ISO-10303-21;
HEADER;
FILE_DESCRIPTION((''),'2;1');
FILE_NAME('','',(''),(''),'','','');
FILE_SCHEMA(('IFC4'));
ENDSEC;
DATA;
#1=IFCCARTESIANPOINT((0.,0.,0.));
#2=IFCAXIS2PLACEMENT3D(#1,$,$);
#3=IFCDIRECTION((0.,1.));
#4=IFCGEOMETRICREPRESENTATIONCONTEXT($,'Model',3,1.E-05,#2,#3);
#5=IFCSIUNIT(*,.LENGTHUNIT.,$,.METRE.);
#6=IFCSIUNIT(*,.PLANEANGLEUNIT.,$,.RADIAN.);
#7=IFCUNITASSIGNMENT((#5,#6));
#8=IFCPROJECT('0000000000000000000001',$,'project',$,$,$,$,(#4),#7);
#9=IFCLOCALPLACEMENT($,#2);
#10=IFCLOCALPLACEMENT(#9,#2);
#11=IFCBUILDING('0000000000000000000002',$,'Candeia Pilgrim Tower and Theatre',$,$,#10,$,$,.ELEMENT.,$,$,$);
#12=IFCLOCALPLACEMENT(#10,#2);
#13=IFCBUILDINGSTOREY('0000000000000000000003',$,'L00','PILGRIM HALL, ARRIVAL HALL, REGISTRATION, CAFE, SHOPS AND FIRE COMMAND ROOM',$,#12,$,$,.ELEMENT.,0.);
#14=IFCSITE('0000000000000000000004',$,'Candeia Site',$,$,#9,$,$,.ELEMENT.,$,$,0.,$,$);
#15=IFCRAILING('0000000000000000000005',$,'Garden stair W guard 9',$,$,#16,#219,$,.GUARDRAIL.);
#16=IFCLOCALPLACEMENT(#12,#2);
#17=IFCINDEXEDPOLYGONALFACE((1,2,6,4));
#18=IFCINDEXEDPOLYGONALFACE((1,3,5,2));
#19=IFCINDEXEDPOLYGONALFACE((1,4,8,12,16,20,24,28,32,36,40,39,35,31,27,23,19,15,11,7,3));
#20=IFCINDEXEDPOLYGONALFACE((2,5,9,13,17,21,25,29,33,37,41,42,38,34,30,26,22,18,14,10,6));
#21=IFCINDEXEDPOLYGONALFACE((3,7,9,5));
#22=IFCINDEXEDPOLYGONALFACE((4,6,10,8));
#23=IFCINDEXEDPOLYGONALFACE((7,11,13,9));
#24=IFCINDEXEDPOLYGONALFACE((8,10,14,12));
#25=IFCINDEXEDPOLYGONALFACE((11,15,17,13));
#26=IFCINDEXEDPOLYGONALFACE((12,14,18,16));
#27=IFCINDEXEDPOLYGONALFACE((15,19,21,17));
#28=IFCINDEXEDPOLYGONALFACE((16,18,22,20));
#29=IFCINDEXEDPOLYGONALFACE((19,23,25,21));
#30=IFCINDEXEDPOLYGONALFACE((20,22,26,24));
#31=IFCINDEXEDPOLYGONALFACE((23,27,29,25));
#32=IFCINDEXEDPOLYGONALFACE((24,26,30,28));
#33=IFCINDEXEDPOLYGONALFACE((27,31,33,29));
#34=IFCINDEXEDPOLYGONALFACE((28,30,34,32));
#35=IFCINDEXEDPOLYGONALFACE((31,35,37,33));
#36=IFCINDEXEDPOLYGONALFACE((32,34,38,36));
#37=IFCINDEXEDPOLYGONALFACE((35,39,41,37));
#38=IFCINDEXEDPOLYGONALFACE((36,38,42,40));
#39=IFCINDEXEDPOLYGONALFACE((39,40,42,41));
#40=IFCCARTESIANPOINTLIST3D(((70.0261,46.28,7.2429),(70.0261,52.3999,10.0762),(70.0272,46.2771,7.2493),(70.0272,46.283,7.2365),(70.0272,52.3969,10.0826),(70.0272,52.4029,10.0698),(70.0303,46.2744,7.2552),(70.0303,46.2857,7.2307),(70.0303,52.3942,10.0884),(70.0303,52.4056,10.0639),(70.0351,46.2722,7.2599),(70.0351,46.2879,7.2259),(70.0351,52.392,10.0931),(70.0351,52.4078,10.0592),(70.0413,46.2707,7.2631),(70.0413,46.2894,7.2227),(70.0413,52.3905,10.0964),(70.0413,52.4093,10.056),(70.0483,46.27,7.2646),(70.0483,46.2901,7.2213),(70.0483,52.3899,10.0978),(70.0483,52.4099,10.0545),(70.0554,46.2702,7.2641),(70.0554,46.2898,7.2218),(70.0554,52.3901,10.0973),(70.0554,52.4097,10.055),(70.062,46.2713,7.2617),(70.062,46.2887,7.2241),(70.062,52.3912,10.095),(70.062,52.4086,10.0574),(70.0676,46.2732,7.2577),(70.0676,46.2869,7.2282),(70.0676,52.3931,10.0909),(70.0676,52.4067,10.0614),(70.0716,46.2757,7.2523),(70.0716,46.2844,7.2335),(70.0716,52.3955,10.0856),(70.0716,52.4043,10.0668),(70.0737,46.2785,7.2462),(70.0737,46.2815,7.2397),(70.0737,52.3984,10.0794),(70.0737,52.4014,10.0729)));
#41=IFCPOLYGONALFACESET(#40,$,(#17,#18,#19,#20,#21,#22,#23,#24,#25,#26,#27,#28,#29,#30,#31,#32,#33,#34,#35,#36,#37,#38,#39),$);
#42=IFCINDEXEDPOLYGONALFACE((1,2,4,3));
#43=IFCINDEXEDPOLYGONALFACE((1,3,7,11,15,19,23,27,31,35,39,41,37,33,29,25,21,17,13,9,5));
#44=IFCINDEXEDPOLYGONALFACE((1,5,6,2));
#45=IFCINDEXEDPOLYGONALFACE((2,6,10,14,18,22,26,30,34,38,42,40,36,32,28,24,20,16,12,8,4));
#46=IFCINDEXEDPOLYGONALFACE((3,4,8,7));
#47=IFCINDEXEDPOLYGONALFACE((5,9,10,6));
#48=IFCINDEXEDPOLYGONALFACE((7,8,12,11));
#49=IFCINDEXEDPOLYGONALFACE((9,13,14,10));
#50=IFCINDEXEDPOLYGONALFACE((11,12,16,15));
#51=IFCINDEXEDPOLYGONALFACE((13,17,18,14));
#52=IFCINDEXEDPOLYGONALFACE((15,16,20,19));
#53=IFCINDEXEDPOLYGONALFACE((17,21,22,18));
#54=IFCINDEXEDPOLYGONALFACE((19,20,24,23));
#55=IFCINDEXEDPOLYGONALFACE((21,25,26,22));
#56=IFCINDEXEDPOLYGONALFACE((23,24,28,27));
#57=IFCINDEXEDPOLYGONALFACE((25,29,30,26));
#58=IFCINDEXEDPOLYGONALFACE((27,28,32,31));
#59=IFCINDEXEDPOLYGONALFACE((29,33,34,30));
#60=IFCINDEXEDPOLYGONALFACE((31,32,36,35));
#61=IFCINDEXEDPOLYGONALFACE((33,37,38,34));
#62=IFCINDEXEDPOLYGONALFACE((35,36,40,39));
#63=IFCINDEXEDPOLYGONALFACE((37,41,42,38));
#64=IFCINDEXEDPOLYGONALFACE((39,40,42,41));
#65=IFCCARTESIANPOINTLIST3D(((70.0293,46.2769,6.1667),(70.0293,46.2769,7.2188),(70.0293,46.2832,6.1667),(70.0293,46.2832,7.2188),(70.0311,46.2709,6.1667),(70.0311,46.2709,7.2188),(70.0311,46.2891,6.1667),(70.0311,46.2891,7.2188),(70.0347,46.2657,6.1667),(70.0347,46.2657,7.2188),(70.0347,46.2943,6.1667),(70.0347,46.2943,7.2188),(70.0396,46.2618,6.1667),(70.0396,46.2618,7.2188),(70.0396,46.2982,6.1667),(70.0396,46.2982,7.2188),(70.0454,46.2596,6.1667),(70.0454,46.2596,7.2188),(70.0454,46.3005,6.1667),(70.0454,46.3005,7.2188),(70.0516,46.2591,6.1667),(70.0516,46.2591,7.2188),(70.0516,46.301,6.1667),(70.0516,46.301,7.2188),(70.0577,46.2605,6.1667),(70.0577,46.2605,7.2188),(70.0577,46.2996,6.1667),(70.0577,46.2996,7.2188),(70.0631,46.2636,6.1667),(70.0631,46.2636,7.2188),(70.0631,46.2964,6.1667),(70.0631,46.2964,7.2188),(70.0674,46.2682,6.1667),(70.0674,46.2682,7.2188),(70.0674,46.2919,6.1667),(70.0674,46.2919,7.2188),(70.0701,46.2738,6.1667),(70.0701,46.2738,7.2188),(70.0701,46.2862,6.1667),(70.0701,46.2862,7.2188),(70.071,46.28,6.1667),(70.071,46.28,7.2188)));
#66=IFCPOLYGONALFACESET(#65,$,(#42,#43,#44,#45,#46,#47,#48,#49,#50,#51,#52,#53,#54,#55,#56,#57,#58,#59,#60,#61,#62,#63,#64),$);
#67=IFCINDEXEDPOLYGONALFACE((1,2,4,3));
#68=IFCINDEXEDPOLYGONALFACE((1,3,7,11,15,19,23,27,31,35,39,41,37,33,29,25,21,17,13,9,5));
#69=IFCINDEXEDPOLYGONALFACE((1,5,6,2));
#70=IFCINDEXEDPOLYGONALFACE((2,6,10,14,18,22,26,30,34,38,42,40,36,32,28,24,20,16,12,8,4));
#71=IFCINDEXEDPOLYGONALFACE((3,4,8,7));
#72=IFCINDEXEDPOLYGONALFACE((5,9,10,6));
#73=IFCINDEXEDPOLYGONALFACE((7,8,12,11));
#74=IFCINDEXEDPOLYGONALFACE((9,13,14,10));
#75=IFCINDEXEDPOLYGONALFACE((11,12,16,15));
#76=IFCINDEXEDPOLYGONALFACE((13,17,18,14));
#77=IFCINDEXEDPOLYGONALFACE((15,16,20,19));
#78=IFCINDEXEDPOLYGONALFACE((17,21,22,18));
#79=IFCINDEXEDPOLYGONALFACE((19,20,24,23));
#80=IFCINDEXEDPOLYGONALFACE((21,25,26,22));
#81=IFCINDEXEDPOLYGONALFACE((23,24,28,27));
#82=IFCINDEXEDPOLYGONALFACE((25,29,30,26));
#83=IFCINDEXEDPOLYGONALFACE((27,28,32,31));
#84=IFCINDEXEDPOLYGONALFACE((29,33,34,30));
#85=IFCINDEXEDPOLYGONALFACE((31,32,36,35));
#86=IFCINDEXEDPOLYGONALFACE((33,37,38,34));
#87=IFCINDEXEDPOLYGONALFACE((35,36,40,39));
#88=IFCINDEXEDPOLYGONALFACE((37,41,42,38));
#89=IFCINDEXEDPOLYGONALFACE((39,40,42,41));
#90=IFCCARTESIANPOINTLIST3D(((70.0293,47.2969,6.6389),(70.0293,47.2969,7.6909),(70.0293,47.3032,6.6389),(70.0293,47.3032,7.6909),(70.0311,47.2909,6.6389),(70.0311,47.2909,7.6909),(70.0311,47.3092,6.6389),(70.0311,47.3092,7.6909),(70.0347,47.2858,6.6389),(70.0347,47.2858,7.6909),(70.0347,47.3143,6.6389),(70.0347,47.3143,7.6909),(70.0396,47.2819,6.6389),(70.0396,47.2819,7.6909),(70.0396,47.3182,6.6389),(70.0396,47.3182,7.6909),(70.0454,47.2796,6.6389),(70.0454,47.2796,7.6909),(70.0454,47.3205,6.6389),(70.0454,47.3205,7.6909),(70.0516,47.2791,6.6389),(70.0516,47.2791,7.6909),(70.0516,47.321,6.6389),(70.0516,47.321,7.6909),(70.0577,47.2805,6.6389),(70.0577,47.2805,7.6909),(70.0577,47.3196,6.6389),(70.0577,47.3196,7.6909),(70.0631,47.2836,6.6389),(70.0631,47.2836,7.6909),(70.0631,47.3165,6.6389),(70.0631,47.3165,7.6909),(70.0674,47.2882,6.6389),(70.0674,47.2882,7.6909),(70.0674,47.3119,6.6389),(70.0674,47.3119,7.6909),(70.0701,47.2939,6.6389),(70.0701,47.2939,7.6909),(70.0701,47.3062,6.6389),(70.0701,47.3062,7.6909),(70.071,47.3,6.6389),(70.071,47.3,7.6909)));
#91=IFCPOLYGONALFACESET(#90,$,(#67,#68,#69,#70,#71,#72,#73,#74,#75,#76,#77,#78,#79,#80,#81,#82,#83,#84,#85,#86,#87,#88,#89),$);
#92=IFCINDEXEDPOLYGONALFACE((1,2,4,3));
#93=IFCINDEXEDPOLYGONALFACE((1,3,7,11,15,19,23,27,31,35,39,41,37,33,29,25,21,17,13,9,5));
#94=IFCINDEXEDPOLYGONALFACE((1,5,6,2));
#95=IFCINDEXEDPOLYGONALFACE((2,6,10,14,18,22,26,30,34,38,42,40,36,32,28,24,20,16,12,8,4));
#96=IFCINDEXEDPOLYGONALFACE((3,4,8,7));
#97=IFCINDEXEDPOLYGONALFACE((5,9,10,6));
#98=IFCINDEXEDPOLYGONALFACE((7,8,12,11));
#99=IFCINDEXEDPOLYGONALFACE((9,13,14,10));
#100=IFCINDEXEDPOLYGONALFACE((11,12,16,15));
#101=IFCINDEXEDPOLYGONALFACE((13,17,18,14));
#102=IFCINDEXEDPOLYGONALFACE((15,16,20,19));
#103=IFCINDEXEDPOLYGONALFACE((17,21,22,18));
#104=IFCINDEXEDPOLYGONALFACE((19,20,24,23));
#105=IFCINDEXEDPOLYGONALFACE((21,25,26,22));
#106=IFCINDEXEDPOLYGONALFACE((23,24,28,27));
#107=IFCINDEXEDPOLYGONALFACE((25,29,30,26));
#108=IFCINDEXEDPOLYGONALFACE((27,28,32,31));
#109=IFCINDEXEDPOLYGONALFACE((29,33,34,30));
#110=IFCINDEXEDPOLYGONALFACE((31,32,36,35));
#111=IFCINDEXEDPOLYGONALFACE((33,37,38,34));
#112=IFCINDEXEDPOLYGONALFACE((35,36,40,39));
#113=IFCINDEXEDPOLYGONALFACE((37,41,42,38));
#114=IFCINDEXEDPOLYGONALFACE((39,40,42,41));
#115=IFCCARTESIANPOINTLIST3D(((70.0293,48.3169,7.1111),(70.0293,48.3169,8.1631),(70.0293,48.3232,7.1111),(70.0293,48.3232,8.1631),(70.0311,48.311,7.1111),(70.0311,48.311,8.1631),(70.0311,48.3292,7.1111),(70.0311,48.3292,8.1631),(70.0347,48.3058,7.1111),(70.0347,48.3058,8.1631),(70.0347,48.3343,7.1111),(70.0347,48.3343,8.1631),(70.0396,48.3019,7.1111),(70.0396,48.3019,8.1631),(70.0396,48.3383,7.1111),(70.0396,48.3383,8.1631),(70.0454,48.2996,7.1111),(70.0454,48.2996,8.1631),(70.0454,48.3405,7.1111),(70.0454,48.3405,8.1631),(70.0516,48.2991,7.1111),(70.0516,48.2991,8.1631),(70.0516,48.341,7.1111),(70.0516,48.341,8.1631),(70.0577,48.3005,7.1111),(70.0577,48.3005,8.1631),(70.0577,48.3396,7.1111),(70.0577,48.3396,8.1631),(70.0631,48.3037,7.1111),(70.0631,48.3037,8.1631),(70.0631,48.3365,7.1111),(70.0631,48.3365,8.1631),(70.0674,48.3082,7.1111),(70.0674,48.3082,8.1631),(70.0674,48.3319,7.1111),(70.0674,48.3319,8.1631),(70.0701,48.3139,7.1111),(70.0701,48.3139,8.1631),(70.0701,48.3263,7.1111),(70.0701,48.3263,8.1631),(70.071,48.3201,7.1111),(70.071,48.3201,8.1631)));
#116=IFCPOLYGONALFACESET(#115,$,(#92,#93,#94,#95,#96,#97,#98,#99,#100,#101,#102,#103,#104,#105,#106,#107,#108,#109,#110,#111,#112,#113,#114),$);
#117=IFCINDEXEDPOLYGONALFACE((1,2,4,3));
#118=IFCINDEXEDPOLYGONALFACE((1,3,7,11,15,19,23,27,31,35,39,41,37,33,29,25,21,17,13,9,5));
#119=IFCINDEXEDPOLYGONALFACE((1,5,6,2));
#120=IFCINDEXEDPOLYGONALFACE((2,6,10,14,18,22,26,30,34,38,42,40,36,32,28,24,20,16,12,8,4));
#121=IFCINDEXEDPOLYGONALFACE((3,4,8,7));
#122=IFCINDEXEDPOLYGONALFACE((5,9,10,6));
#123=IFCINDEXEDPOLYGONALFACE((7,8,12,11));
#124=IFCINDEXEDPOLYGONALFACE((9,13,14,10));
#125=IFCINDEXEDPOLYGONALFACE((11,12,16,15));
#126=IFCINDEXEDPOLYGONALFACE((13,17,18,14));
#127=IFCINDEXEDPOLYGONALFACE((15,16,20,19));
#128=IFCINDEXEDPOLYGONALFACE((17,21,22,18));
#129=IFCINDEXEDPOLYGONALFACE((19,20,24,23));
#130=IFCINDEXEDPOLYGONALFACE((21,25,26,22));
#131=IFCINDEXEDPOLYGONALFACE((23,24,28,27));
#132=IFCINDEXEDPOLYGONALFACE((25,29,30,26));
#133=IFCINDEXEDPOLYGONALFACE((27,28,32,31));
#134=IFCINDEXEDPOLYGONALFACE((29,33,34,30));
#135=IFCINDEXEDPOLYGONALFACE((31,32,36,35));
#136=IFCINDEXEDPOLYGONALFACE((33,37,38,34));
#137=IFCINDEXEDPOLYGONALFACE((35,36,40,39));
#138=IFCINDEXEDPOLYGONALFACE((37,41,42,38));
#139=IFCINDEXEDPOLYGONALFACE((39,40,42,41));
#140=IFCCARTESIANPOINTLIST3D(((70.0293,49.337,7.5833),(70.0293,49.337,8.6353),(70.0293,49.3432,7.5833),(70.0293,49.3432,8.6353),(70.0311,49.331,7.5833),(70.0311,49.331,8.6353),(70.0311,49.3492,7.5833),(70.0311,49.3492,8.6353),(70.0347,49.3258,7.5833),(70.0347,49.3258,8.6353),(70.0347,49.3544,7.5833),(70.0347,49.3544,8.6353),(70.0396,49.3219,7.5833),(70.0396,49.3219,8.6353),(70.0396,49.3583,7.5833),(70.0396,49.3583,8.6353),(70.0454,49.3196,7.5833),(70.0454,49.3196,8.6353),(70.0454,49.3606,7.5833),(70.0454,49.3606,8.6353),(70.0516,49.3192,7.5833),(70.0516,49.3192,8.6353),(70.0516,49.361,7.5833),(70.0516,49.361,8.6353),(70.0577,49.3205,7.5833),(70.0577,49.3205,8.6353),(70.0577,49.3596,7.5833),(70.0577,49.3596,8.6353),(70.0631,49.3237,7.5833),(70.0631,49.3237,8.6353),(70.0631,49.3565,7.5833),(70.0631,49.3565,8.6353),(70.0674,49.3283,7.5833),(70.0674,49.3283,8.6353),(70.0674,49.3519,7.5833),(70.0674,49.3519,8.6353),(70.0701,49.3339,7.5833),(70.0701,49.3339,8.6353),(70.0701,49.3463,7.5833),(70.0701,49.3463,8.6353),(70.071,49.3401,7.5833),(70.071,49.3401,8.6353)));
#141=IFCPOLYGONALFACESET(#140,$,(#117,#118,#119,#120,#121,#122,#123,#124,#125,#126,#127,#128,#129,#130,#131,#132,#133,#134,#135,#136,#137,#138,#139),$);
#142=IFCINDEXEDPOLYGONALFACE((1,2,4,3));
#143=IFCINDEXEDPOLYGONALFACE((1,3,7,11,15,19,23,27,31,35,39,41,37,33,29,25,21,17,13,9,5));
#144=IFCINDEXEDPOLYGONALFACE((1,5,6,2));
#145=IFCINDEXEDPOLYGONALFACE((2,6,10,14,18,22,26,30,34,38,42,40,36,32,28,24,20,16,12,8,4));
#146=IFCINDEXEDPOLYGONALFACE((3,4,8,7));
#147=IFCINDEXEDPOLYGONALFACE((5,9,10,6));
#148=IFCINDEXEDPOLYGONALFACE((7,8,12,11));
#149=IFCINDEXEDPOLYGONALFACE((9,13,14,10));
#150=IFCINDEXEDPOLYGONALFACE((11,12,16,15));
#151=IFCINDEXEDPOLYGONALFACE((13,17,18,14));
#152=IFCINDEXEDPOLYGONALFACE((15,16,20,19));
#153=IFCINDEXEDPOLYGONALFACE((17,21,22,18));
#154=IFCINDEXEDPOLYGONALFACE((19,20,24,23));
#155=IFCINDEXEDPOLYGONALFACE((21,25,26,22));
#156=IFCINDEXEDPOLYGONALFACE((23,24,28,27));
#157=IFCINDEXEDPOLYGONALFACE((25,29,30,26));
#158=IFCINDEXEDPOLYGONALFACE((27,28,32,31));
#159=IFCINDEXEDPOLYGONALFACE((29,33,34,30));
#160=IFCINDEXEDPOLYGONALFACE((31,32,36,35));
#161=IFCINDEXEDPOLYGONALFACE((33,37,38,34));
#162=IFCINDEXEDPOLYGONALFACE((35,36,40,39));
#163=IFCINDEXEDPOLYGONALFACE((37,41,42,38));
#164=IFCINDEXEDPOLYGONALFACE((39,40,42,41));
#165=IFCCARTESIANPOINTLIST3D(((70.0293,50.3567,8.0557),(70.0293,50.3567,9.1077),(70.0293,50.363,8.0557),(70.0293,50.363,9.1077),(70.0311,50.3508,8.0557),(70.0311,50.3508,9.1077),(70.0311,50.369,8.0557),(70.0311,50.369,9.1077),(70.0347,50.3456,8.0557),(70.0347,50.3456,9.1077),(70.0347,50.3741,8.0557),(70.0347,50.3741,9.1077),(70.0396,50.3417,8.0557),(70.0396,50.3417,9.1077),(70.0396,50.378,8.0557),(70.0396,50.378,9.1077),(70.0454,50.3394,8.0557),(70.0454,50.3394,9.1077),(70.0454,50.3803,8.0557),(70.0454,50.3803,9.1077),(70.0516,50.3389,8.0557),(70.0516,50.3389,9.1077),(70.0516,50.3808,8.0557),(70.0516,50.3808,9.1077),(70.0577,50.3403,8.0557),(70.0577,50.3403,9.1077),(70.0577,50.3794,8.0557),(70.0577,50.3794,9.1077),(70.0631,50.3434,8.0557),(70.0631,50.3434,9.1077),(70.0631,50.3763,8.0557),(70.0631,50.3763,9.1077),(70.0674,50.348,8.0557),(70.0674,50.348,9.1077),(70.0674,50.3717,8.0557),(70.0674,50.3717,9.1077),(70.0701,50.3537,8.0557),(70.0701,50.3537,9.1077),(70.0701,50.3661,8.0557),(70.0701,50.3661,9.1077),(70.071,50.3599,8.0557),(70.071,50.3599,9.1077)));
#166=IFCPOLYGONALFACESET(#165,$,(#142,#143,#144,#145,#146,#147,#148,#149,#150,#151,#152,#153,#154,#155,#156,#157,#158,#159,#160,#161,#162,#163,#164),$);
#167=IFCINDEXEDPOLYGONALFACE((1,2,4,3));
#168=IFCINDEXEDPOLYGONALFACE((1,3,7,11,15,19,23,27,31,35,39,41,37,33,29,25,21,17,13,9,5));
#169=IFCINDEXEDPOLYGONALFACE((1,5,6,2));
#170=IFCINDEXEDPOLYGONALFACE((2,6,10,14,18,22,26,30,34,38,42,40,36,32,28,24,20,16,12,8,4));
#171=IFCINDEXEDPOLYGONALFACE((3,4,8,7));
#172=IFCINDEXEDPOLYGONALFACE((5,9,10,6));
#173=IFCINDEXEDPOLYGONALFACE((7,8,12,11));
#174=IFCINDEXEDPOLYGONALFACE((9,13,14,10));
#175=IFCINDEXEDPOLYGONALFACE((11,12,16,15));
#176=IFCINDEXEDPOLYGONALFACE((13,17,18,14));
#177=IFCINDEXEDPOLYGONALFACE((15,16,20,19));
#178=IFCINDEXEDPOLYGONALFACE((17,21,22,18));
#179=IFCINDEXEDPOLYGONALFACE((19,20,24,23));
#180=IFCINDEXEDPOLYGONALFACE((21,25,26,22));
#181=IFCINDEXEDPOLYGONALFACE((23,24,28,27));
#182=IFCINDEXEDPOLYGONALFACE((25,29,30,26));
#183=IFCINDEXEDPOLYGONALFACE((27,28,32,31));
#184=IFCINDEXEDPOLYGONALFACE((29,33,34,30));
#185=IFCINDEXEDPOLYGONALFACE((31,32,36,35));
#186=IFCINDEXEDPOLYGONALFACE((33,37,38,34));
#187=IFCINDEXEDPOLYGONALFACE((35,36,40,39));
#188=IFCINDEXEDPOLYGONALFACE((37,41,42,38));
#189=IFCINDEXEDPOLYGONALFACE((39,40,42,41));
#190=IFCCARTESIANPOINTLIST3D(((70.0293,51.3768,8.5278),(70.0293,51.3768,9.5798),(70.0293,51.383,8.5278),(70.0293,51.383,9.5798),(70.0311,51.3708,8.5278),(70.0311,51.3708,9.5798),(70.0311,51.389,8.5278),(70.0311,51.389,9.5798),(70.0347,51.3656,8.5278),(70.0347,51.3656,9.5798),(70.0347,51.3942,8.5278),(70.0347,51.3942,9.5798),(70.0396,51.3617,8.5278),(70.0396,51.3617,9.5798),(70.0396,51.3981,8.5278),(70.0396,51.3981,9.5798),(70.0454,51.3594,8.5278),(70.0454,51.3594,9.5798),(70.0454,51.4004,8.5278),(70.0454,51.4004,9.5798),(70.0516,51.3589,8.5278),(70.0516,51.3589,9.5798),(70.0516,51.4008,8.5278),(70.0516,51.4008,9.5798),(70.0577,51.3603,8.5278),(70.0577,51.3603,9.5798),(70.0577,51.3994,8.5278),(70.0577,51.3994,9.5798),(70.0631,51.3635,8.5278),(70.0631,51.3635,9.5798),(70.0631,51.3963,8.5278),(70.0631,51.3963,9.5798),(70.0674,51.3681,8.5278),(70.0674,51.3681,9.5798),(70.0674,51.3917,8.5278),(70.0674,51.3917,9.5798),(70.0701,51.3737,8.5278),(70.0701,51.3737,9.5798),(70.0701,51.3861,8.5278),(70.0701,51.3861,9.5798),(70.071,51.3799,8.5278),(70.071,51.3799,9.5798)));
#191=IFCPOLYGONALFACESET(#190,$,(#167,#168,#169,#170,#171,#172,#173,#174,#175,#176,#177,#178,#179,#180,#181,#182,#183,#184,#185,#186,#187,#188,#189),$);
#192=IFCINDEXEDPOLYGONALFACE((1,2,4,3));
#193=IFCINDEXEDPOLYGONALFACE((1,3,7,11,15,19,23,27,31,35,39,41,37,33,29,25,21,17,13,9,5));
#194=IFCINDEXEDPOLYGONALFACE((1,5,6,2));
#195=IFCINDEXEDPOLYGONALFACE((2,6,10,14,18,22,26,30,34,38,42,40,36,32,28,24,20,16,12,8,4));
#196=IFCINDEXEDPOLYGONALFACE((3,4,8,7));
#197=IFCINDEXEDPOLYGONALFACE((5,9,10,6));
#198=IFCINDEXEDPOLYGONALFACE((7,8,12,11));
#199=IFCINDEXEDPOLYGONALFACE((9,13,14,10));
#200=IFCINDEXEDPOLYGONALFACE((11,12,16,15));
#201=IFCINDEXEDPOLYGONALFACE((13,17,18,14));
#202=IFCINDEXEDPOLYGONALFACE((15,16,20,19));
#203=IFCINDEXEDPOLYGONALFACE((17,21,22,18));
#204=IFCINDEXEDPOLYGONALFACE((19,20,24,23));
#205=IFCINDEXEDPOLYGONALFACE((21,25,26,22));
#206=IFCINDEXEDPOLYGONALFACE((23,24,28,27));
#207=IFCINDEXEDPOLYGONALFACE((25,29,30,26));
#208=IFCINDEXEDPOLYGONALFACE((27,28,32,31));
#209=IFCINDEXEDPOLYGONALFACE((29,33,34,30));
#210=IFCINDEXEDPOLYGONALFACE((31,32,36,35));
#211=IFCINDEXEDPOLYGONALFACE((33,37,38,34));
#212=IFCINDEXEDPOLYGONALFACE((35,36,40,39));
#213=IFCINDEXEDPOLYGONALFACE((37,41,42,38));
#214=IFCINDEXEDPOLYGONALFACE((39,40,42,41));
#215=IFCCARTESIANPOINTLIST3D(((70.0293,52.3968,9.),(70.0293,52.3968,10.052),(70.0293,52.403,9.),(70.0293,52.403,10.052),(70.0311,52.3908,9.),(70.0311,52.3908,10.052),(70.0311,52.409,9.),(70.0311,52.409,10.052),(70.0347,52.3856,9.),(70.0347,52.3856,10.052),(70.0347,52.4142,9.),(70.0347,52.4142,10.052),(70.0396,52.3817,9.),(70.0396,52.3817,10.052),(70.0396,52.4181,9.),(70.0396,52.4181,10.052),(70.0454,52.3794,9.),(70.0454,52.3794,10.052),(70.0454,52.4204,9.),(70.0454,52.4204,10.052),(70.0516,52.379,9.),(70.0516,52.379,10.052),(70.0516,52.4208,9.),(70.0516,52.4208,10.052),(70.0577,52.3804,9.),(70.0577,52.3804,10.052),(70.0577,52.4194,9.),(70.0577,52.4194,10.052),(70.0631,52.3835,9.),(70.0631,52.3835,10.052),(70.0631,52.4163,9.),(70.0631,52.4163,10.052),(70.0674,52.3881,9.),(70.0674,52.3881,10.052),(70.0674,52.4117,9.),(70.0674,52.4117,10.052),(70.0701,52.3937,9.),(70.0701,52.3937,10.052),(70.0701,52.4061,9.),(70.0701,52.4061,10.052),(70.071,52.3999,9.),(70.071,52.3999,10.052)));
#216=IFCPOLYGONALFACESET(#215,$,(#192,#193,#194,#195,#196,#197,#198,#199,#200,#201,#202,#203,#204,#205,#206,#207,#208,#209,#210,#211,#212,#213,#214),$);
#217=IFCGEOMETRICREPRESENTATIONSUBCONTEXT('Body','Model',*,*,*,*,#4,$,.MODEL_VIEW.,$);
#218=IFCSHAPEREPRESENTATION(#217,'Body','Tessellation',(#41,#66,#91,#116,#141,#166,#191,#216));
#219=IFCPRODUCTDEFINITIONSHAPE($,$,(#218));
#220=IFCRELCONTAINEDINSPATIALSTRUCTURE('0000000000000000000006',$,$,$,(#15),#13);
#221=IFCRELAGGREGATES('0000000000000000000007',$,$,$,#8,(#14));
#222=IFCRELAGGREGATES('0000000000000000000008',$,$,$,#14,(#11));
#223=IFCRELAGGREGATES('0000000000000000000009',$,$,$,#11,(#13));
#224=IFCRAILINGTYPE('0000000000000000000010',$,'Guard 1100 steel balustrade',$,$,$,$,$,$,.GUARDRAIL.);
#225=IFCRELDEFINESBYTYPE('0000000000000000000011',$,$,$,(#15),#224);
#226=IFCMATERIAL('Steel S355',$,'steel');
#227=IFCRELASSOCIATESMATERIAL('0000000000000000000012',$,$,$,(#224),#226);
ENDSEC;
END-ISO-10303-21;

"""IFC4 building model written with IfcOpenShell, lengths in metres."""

from ifc_helpers import new_model, si_unit, direction, frame, origin, origin_2d, place, context, subcontext, project, spatial, circle, extrude, material, type_object, element, save


model = new_model("IFC4")

# Units and contexts
model_context = context("Model", 3, precision=1e-05, world=origin(), true_north=direction((0.0, 1.0)))
body_context = subcontext(model_context, "Body", "Model", "MODEL_VIEW")
ifc_project = project(units=[si_unit("LENGTHUNIT", "METRE"), si_unit("PLANEANGLEUNIT", "RADIAN")], contexts=[model_context])

# Site, building, storey
site_placement = place(None, origin())
site = spatial("IfcSite", under=ifc_project, at=site_placement, Name="Candeia Site", CompositionType="ELEMENT", RefElevation=0.0)
building_placement = place(site_placement, origin())
building = spatial("IfcBuilding", under=site, at=building_placement, Name="Candeia Pilgrim Tower and Theatre", CompositionType="ELEMENT")
storey_placement = place(building_placement, origin())
storey = spatial("IfcBuildingStorey", under=building, at=storey_placement, Name="L00", Description="PILGRIM HALL, ARRIVAL HALL, REGISTRATION, CAFE, SHOPS AND FIRE COMMAND ROOM", CompositionType="ELEMENT", Elevation=0.0)

# Railing
ifc_material_1 = material(Name="Steel S355", Category="steel")
railing_type_1 = type_object("IfcRailingType", Name="Guard 1100 steel balustrade", PredefinedType="GUARDRAIL", material=ifc_material_1)
railing_1_placement = place(storey_placement, frame((70.05, 46.28, 6.1667)))
element("IfcRailing", 1, at=railing_1_placement, inside=storey, type_object=railing_type_1, Name="Garden stair W guard 9", PredefinedType="GUARDRAIL", context=body_context, shape_type="SweptSolid", body=[
    extrude(circle(Radius=0.0239, at=origin_2d()), frame((0.0, 0.0, 1.0762), z_axis=(0.0, 0.907468, 0.420121), x_axis=(-1.0, 0.0, 0.0)), (0.0, 0.0, 1.0), 6.7439),
    extrude(circle(Radius=0.021, at=origin_2d()), origin(), (0.0, 0.0, 1.0), 1.052),
    extrude(circle(Radius=0.021, at=origin_2d()), frame((0.0, 1.02, 0.4722)), (0.0, 0.0, 1.0), 1.052),
    extrude(circle(Radius=0.021, at=origin_2d()), frame((0.0, 2.04, 0.9443)), (0.0, 0.0, 1.0), 1.052),
    extrude(circle(Radius=0.021, at=origin_2d()), frame((0.0, 3.0601, 1.4165)), (0.0, 0.0, 1.0), 1.052),
    extrude(circle(Radius=0.021, at=origin_2d()), frame((0.0, 4.0798, 1.8889)), (0.0, 0.0, 1.0), 1.052),
    extrude(circle(Radius=0.021, at=origin_2d()), frame((0.0, 5.0999, 2.3611)), (0.0, 0.0, 1.0), 1.052),
    extrude(circle(Radius=0.021, at=origin_2d()), frame((0.0, 6.1199, 2.8333)), (0.0, 0.0, 1.0), 1.052),
])

save(model, "model.ifc")
